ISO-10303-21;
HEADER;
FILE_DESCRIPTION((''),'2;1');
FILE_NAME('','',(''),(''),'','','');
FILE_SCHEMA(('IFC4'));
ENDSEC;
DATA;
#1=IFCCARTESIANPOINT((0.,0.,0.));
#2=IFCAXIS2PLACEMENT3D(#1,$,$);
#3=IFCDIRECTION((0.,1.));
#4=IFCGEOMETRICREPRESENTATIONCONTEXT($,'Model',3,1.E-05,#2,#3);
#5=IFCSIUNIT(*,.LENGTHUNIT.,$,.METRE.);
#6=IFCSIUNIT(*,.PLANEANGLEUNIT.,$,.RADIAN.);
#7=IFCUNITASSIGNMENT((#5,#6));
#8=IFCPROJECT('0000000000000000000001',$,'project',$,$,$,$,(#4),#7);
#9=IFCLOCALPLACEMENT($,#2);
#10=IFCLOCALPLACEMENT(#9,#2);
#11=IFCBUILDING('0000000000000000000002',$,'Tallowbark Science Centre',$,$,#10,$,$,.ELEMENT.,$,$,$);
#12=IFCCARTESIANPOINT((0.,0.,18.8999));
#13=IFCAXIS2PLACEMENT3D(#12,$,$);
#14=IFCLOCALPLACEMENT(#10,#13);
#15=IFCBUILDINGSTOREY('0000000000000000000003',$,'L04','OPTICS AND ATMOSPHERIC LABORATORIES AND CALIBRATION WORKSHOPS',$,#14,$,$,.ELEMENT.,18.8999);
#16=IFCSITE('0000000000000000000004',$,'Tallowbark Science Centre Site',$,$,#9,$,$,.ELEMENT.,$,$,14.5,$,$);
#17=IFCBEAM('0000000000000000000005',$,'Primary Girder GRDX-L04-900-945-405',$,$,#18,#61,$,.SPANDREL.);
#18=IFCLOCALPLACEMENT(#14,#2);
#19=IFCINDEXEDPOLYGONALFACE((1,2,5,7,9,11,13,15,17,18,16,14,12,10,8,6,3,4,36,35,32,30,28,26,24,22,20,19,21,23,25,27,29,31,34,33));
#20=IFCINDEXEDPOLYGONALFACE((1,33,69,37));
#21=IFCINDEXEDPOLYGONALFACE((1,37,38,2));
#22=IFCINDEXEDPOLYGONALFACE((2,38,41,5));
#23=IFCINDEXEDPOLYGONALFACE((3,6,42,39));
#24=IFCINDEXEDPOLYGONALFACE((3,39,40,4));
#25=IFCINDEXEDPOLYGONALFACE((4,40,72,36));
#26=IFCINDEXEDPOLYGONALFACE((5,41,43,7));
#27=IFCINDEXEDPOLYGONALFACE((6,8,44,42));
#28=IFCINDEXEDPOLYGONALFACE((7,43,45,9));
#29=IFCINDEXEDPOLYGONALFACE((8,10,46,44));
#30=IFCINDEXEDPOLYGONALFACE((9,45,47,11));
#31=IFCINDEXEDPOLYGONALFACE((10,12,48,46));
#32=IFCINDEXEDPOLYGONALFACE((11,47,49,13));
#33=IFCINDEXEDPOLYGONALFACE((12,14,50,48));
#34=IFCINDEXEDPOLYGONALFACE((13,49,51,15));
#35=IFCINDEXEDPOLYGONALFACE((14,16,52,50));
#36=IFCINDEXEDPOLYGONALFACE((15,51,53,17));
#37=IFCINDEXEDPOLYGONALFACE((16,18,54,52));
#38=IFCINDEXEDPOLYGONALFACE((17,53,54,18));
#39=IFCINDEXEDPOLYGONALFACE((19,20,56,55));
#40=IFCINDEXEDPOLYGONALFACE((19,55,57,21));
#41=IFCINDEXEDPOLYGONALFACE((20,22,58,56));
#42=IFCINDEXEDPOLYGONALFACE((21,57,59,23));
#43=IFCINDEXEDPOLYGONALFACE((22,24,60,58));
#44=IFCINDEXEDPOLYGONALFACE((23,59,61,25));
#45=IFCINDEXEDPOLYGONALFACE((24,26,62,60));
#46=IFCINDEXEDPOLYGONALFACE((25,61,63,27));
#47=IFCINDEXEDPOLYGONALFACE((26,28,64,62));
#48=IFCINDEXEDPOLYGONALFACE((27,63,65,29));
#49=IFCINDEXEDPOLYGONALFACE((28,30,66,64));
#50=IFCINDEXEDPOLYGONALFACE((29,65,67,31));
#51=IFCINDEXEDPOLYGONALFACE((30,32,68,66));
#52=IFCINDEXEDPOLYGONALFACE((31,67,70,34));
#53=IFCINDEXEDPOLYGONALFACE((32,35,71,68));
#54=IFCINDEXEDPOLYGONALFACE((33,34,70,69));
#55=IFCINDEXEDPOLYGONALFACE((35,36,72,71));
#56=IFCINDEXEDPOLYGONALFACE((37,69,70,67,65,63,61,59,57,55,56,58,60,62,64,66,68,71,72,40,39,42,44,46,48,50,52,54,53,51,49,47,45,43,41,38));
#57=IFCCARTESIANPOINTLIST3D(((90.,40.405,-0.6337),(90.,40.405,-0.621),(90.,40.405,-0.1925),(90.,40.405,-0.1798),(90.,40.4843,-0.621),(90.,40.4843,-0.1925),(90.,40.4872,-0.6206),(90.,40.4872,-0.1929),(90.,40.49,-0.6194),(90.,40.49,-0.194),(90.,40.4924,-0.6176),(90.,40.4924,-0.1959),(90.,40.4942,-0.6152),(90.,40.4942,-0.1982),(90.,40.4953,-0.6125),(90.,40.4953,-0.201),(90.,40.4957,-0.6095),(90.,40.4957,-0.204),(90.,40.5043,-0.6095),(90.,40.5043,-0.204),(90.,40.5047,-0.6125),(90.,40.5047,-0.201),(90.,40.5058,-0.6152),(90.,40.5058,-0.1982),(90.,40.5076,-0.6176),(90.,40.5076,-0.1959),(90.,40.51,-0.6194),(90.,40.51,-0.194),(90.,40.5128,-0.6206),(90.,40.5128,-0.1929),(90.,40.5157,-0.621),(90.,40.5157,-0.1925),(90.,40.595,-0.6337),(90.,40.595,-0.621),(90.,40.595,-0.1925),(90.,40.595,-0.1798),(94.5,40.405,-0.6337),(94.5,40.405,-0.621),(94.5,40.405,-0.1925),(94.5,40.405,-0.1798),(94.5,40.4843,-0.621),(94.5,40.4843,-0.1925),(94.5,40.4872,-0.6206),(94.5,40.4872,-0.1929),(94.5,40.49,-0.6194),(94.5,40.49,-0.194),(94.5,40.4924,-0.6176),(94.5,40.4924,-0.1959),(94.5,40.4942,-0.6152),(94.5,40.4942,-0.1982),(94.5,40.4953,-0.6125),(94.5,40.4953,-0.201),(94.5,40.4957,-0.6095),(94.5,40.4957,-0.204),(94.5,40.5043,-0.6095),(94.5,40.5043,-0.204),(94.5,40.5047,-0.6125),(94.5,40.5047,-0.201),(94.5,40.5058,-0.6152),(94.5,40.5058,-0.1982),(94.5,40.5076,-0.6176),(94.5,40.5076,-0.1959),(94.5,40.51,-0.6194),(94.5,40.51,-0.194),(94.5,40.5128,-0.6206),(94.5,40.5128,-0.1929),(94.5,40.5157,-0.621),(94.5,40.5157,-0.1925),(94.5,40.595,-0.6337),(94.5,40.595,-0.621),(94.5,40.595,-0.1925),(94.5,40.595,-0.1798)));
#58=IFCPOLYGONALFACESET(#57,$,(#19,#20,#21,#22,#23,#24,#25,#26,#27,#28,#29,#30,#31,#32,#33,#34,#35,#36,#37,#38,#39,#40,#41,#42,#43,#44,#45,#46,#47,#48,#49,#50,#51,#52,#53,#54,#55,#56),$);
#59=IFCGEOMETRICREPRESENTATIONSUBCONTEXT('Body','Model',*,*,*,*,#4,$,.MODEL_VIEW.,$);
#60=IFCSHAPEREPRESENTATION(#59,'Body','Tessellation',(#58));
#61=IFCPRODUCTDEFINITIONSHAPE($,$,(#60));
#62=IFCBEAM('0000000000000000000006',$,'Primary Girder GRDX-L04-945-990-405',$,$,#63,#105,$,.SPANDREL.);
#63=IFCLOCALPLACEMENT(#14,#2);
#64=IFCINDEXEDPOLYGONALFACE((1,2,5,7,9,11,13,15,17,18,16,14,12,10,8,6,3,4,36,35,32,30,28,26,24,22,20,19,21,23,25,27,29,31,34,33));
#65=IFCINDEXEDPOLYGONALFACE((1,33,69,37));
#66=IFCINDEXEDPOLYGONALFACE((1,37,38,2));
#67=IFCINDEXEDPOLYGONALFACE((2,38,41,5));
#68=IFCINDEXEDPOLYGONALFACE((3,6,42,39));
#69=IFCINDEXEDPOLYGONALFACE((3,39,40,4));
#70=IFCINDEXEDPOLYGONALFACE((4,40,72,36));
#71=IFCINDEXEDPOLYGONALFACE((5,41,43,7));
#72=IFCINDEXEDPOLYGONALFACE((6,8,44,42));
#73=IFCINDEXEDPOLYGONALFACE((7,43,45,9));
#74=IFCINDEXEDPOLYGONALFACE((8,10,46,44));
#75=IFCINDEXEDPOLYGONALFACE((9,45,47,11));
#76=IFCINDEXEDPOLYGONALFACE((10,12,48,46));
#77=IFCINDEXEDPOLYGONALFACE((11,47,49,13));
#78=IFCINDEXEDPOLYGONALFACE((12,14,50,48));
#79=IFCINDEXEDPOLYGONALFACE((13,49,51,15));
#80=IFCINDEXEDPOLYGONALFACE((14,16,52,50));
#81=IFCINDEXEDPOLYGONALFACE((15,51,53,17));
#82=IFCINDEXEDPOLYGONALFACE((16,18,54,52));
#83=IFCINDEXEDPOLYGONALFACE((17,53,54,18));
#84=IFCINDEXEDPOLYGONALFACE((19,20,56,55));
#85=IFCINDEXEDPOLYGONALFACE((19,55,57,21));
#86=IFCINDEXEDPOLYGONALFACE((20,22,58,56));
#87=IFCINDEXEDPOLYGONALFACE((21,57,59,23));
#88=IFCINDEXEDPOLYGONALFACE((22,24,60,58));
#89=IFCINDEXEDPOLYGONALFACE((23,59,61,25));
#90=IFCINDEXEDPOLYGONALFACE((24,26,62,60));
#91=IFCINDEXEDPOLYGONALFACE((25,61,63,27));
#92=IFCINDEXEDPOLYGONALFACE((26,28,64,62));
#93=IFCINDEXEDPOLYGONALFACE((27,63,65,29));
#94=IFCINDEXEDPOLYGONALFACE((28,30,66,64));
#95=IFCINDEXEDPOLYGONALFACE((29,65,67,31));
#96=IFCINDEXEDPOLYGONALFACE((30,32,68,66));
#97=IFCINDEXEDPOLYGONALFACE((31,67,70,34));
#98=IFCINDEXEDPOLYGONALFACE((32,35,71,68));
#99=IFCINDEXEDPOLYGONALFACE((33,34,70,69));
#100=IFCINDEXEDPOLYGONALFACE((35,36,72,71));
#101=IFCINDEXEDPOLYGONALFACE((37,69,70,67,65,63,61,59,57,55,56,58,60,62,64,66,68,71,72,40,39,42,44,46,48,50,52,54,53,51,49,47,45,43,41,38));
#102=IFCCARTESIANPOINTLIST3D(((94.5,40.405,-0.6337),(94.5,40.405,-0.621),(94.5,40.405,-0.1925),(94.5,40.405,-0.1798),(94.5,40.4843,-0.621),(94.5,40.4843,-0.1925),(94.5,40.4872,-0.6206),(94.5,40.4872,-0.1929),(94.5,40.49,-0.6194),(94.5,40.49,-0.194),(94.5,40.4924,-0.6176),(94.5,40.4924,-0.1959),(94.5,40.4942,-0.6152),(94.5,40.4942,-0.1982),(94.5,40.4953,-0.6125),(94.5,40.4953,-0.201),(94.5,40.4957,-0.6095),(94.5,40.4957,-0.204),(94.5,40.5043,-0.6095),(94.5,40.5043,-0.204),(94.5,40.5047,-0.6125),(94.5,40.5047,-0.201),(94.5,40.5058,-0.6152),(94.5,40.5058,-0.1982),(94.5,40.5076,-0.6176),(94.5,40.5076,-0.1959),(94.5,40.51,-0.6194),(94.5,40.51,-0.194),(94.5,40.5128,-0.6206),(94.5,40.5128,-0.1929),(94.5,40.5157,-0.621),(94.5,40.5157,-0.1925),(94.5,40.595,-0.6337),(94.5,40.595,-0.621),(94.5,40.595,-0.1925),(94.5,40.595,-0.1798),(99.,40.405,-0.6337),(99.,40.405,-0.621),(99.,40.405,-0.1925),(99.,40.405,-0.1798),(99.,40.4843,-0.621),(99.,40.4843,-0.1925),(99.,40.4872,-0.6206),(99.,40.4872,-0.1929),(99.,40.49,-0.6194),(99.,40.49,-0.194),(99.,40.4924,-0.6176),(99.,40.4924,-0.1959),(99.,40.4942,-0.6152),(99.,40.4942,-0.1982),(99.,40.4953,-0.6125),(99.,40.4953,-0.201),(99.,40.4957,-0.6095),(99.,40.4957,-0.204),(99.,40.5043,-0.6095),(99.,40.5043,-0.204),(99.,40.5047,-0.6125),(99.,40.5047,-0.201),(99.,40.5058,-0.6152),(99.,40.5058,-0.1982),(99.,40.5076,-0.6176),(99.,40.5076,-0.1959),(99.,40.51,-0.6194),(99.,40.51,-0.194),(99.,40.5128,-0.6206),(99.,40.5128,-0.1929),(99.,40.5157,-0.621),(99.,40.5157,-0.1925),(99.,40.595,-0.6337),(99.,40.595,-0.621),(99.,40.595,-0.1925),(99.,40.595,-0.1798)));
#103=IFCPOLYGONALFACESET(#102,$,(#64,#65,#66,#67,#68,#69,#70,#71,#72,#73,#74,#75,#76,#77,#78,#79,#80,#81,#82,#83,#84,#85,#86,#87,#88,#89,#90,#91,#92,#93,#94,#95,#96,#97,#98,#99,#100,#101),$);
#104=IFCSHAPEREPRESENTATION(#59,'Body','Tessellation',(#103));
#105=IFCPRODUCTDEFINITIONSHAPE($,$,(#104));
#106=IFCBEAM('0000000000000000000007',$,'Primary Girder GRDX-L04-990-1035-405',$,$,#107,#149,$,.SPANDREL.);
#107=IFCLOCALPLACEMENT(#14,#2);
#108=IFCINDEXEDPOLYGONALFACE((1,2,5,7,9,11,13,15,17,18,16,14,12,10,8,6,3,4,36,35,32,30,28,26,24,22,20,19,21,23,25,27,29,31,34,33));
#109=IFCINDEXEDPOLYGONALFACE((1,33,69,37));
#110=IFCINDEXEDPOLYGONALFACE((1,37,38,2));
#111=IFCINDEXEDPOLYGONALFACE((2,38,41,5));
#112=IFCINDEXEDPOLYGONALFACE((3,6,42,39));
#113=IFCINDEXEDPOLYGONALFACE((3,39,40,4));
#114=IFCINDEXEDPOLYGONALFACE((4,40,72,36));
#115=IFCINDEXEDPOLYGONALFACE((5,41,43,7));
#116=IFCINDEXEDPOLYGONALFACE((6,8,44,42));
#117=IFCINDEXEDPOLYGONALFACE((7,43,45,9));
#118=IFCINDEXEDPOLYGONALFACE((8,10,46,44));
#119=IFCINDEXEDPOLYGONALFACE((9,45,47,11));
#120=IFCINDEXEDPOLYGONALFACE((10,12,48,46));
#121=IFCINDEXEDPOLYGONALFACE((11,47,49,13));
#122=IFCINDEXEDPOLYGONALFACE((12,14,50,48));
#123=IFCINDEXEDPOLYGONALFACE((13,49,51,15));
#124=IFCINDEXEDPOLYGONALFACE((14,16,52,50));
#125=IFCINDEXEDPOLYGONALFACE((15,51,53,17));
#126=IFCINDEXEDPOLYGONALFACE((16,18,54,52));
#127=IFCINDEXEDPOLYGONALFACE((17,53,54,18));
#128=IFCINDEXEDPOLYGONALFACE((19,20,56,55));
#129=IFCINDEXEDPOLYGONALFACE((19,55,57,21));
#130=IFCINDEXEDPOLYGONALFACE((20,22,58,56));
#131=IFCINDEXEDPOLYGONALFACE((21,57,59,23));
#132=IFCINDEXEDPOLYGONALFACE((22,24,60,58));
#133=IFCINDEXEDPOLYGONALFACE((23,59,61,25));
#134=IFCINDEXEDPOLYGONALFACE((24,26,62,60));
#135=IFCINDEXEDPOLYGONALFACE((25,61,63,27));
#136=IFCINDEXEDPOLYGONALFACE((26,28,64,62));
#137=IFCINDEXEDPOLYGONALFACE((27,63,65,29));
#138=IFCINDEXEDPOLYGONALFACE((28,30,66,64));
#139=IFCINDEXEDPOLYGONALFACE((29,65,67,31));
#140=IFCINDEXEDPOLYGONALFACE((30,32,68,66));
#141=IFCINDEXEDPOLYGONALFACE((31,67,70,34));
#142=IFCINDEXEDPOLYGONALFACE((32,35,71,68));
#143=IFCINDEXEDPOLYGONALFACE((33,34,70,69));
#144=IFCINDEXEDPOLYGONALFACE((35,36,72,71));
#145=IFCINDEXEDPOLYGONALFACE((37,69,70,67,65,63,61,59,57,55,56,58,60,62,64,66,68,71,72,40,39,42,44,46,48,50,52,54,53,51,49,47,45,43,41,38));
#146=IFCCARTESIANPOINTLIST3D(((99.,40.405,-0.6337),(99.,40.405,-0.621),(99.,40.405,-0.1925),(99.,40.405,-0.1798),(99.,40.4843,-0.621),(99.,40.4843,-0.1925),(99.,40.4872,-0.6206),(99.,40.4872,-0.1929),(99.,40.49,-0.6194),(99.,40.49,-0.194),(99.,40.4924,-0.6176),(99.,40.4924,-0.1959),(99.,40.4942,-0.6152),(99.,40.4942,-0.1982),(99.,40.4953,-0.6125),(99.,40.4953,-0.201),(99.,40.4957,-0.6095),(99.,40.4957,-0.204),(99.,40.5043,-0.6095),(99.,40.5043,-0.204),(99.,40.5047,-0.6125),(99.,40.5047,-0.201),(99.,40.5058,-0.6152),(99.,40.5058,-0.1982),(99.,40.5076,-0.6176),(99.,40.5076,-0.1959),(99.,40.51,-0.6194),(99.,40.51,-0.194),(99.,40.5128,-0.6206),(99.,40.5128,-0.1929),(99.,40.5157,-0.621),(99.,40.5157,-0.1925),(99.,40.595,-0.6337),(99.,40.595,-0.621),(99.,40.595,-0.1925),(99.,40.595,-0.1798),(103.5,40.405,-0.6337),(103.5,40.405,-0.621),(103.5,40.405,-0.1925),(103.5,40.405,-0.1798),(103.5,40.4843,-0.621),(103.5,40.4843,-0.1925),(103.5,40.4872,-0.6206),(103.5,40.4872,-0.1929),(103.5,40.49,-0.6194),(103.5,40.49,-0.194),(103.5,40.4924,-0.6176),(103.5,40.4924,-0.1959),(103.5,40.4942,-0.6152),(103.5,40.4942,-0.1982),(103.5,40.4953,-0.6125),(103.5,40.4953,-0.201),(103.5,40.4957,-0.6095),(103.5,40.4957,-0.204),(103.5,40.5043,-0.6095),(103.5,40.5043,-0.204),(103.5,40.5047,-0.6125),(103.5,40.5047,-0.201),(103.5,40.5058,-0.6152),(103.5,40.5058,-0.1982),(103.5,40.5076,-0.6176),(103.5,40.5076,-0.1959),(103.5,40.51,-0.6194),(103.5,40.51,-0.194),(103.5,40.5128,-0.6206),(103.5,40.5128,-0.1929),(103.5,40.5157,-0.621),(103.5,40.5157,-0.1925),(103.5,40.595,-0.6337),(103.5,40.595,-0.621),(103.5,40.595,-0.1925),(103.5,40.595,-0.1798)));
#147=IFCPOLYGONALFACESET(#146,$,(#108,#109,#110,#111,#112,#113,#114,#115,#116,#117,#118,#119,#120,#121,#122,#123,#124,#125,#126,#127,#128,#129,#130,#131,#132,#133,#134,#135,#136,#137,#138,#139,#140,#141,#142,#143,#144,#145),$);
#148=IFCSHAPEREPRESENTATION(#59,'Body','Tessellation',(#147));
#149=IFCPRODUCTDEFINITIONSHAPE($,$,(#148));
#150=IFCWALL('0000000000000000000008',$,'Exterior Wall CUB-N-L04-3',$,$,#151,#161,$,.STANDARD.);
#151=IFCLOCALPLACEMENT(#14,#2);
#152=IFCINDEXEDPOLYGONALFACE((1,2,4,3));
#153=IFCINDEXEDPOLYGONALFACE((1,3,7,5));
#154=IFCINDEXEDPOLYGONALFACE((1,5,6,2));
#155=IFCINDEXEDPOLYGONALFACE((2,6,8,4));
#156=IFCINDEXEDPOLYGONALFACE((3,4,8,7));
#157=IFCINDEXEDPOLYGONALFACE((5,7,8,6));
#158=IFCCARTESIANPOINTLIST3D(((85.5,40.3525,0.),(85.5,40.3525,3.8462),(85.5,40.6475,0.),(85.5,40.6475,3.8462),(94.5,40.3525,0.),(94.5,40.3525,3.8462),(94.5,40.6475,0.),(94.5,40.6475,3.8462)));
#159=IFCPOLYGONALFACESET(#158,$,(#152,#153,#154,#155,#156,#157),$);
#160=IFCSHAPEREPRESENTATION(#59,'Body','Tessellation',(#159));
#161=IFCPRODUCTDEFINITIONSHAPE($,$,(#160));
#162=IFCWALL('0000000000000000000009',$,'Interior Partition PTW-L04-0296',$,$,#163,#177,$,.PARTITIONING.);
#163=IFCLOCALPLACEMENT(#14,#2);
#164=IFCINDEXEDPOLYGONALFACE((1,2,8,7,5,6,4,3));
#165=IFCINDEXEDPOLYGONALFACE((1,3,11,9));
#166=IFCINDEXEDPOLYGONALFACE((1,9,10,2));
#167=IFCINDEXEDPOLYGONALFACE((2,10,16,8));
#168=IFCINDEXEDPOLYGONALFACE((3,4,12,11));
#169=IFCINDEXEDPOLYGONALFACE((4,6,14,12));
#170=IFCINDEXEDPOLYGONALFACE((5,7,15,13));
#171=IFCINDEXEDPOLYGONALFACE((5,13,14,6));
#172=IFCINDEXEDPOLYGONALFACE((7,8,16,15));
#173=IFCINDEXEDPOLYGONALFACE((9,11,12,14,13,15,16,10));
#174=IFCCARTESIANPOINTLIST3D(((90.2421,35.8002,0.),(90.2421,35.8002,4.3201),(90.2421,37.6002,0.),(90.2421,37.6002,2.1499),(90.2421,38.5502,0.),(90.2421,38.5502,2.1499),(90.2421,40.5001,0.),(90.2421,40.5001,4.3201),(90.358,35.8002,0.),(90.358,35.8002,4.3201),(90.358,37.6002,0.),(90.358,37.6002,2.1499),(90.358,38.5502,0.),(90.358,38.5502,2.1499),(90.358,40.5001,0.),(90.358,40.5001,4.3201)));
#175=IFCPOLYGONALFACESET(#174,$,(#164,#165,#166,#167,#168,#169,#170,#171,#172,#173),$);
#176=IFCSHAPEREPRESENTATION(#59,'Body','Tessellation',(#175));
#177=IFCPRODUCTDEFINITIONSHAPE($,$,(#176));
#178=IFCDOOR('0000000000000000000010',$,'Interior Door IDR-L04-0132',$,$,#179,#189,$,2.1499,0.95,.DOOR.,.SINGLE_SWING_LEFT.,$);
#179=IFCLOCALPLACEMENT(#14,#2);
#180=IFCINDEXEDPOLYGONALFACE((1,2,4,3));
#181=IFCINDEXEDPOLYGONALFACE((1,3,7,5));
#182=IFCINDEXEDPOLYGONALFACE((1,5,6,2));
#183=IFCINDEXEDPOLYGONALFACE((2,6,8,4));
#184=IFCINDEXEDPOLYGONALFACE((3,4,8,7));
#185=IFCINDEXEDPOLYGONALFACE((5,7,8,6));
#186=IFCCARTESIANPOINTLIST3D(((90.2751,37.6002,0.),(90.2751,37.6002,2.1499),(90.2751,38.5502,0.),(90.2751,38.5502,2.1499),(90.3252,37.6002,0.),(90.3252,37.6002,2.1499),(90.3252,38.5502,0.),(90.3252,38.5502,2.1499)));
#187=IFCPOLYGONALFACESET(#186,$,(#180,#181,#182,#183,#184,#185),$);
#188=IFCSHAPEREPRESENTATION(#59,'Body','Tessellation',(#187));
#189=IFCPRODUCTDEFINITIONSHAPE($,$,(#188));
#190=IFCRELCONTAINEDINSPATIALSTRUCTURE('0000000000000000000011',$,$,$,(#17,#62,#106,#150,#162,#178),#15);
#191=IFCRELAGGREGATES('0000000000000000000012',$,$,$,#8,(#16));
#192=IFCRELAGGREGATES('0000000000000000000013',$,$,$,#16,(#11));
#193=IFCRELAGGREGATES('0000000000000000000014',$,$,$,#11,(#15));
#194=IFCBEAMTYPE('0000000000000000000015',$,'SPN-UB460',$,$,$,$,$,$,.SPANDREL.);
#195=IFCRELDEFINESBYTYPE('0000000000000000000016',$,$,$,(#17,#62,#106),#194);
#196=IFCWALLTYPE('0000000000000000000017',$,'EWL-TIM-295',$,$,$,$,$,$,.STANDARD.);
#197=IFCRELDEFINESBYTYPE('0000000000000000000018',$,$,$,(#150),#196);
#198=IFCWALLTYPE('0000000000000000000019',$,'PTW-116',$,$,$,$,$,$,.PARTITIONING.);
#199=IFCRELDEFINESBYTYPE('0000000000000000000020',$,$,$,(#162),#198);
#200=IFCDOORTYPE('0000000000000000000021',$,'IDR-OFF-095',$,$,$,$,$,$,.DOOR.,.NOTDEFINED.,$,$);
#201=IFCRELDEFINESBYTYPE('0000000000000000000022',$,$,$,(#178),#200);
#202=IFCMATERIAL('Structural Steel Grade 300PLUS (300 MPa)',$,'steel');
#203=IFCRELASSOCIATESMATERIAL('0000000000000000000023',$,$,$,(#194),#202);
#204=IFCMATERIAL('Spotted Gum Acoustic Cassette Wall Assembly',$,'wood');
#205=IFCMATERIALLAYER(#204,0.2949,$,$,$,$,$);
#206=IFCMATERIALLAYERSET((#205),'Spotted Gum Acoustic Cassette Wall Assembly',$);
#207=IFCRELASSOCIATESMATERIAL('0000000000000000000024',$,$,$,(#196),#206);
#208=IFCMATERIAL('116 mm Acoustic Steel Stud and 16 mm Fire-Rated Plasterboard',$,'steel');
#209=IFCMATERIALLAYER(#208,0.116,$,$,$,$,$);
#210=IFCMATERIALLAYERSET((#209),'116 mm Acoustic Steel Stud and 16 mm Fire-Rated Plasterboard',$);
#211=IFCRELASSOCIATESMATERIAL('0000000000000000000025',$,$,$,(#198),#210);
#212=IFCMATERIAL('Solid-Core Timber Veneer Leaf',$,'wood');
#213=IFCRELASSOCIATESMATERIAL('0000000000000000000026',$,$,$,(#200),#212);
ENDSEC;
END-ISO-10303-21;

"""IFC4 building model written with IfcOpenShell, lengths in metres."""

from ifc_helpers import new_model, si_unit, direction, frame, frame_2d, origin, origin_2d, place, context, subcontext, project, spatial, rectangle, i_section, extrude, material, layer, layer_set, material_profile, profile_set, type_object, element, fill, save


model = new_model("IFC4")

# Units and contexts
model_context = context("Model", 3, precision=1e-05, world=origin(), true_north=direction((0.0, 1.0)))
body_context = subcontext(model_context, "Body", "Model", "MODEL_VIEW")
ifc_project = project(units=[si_unit("LENGTHUNIT", "METRE"), si_unit("PLANEANGLEUNIT", "RADIAN")], contexts=[model_context])

# Site, building, storey
site_placement = place(None, origin())
site = spatial("IfcSite", under=ifc_project, at=site_placement, Name="Tallowbark Science Centre Site", CompositionType="ELEMENT", RefElevation=14.5)
building_placement = place(site_placement, origin())
building = spatial("IfcBuilding", under=site, at=building_placement, Name="Tallowbark Science Centre", CompositionType="ELEMENT")
storey_placement = place(building_placement, frame((0.0, 0.0, 18.8999)))
storey = spatial("IfcBuildingStorey", under=building, at=storey_placement, Name="L04", Description="OPTICS AND ATMOSPHERIC LABORATORIES AND CALIBRATION WORKSHOPS", CompositionType="ELEMENT", Elevation=18.8999)

# Shared definitions
ifc_material_1 = material(Name="Structural Steel Grade 300PLUS (300 MPa)", Category="steel")

# Beams
ifc_material_profile_1 = material_profile(ifc_material_1, i_section(OverallWidth=0.1899, OverallDepth=0.4539, WebThickness=0.0085, FlangeThickness=0.0127, FilletRadius=0.0115, at=origin_2d()), Name="460UB67.1")
ifc_profile_set_1 = profile_set([ifc_material_profile_1], Name="Structural Steel Grade 300PLUS (300 MPa)")
beam_type_1 = type_object("IfcBeamType", Name="SPN-UB460", PredefinedType="SPANDREL", material=ifc_profile_set_1)
for number, where, z_axis, x_axis, name in (
    (1, (90.0, 40.5, -0.4067), (1.0, 0.0, 0.0), (0.0, 1.0, 0.0), "Primary Girder GRDX-L04-900-945-405"),
    (2, (94.5, 40.5, -0.4067), (1.0, 0.0, 0.0), (0.0, 1.0, 0.0), "Primary Girder GRDX-L04-945-990-405"),
    (3, (99.0, 40.5, -0.4067), (1.0, 0.0, 0.0), (0.0, 1.0, 0.0), "Primary Girder GRDX-L04-990-1035-405"),
):
    element("IfcBeam", number, at=place(storey_placement, frame(where, z_axis=z_axis, x_axis=x_axis)), inside=storey, type_object=beam_type_1, Name=name, PredefinedType="SPANDREL", context=body_context, shape_type="SweptSolid", body=[
        extrude(i_section(OverallWidth=0.1899, OverallDepth=0.4539, WebThickness=0.0085, FlangeThickness=0.0127, FilletRadius=0.0115, at=origin_2d()), origin(), (0.0, 0.0, 1.0), 4.5),
    ])

# Wall
ifc_material_2 = material(Name="Spotted Gum Acoustic Cassette Wall Assembly", Category="wood")
ifc_layer_1 = layer(ifc_material_2, 0.2949)
ifc_layer_set_1 = layer_set([ifc_layer_1], Name="Spotted Gum Acoustic Cassette Wall Assembly")
wall_type_1 = type_object("IfcWallType", Name="EWL-TIM-295", PredefinedType="STANDARD", material=ifc_layer_set_1)
wall_1_placement = place(storey_placement, frame((94.5, 40.5, 0.0), z_axis=(0.0, 0.0, 1.0), x_axis=(-1.0, 0.0, 0.0)))
element("IfcWall", 4, at=wall_1_placement, inside=storey, type_object=wall_type_1, Name="Exterior Wall CUB-N-L04-3", PredefinedType="STANDARD", context=body_context, shape_type="SweptSolid", body=[
    extrude(rectangle(XDim=9.0, YDim=0.2949, at=frame_2d((4.5, 0.0))), origin(), (0.0, 0.0, 1.0), 3.8462),
])

# Wall, opening, door
ifc_material_3 = material(Name="116 mm Acoustic Steel Stud and 16 mm Fire-Rated Plasterboard", Category="steel")
ifc_layer_2 = layer(ifc_material_3, 0.116)
ifc_layer_set_2 = layer_set([ifc_layer_2], Name="116 mm Acoustic Steel Stud and 16 mm Fire-Rated Plasterboard")
wall_type_2 = type_object("IfcWallType", Name="PTW-116", PredefinedType="PARTITIONING", material=ifc_layer_set_2)
wall_2_placement = place(storey_placement, frame((90.3, 35.8, 0.0), z_axis=(0.0, 0.0, 1.0), x_axis=(0.0, 1.0, 0.0)))
wall_2 = element("IfcWall", 5, at=wall_2_placement, inside=storey, type_object=wall_type_2, Name="Interior Partition PTW-L04-0296", PredefinedType="PARTITIONING", context=body_context, shape_type="SweptSolid", body=[
    extrude(rectangle(XDim=4.7, YDim=0.116, at=frame_2d((2.3501, 0.0))), origin(), (0.0, 0.0, 1.0), 4.3201),
])
opening_1_placement = place(wall_2_placement, frame((1.8, 0.0, 0.0)))
opening_1 = element("IfcOpeningElement", 6, at=opening_1_placement, cuts=wall_2, PredefinedType="OPENING", context=body_context, shape_type="SweptSolid", body=[
    extrude(rectangle(XDim=0.95, YDim=2.1499, at=frame_2d((0.4751, 1.075))), frame((0.0, 0.0679, 0.0), z_axis=(0.0, -1.0, 0.0), x_axis=(1.0, 0.0, 0.0)), (0.0, 0.0, 1.0), 0.136),
])
ifc_material_4 = material(Name="Solid-Core Timber Veneer Leaf", Category="wood")
door_type_1 = type_object("IfcDoorType", Name="IDR-OFF-095", OperationType="NOTDEFINED", PredefinedType="DOOR", material=ifc_material_4)
door_1_placement = place(opening_1_placement, origin())
door_1 = element("IfcDoor", 7, at=door_1_placement, inside=storey, type_object=door_type_1, Name="Interior Door IDR-L04-0132", OperationType="SINGLE_SWING_LEFT", OverallHeight=2.1499, OverallWidth=0.95, PredefinedType="DOOR", context=body_context, shape_type="SweptSolid", body=[
    extrude(rectangle(XDim=0.95, YDim=2.1499, at=frame_2d((0.4751, 1.075))), frame((0.0, 0.0249, 0.0), z_axis=(0.0, -1.0, 0.0), x_axis=(1.0, 0.0, 0.0)), (0.0, 0.0, 1.0), 0.05),
])
fill(opening_1, door_1)

save(model, "model.ifc")
